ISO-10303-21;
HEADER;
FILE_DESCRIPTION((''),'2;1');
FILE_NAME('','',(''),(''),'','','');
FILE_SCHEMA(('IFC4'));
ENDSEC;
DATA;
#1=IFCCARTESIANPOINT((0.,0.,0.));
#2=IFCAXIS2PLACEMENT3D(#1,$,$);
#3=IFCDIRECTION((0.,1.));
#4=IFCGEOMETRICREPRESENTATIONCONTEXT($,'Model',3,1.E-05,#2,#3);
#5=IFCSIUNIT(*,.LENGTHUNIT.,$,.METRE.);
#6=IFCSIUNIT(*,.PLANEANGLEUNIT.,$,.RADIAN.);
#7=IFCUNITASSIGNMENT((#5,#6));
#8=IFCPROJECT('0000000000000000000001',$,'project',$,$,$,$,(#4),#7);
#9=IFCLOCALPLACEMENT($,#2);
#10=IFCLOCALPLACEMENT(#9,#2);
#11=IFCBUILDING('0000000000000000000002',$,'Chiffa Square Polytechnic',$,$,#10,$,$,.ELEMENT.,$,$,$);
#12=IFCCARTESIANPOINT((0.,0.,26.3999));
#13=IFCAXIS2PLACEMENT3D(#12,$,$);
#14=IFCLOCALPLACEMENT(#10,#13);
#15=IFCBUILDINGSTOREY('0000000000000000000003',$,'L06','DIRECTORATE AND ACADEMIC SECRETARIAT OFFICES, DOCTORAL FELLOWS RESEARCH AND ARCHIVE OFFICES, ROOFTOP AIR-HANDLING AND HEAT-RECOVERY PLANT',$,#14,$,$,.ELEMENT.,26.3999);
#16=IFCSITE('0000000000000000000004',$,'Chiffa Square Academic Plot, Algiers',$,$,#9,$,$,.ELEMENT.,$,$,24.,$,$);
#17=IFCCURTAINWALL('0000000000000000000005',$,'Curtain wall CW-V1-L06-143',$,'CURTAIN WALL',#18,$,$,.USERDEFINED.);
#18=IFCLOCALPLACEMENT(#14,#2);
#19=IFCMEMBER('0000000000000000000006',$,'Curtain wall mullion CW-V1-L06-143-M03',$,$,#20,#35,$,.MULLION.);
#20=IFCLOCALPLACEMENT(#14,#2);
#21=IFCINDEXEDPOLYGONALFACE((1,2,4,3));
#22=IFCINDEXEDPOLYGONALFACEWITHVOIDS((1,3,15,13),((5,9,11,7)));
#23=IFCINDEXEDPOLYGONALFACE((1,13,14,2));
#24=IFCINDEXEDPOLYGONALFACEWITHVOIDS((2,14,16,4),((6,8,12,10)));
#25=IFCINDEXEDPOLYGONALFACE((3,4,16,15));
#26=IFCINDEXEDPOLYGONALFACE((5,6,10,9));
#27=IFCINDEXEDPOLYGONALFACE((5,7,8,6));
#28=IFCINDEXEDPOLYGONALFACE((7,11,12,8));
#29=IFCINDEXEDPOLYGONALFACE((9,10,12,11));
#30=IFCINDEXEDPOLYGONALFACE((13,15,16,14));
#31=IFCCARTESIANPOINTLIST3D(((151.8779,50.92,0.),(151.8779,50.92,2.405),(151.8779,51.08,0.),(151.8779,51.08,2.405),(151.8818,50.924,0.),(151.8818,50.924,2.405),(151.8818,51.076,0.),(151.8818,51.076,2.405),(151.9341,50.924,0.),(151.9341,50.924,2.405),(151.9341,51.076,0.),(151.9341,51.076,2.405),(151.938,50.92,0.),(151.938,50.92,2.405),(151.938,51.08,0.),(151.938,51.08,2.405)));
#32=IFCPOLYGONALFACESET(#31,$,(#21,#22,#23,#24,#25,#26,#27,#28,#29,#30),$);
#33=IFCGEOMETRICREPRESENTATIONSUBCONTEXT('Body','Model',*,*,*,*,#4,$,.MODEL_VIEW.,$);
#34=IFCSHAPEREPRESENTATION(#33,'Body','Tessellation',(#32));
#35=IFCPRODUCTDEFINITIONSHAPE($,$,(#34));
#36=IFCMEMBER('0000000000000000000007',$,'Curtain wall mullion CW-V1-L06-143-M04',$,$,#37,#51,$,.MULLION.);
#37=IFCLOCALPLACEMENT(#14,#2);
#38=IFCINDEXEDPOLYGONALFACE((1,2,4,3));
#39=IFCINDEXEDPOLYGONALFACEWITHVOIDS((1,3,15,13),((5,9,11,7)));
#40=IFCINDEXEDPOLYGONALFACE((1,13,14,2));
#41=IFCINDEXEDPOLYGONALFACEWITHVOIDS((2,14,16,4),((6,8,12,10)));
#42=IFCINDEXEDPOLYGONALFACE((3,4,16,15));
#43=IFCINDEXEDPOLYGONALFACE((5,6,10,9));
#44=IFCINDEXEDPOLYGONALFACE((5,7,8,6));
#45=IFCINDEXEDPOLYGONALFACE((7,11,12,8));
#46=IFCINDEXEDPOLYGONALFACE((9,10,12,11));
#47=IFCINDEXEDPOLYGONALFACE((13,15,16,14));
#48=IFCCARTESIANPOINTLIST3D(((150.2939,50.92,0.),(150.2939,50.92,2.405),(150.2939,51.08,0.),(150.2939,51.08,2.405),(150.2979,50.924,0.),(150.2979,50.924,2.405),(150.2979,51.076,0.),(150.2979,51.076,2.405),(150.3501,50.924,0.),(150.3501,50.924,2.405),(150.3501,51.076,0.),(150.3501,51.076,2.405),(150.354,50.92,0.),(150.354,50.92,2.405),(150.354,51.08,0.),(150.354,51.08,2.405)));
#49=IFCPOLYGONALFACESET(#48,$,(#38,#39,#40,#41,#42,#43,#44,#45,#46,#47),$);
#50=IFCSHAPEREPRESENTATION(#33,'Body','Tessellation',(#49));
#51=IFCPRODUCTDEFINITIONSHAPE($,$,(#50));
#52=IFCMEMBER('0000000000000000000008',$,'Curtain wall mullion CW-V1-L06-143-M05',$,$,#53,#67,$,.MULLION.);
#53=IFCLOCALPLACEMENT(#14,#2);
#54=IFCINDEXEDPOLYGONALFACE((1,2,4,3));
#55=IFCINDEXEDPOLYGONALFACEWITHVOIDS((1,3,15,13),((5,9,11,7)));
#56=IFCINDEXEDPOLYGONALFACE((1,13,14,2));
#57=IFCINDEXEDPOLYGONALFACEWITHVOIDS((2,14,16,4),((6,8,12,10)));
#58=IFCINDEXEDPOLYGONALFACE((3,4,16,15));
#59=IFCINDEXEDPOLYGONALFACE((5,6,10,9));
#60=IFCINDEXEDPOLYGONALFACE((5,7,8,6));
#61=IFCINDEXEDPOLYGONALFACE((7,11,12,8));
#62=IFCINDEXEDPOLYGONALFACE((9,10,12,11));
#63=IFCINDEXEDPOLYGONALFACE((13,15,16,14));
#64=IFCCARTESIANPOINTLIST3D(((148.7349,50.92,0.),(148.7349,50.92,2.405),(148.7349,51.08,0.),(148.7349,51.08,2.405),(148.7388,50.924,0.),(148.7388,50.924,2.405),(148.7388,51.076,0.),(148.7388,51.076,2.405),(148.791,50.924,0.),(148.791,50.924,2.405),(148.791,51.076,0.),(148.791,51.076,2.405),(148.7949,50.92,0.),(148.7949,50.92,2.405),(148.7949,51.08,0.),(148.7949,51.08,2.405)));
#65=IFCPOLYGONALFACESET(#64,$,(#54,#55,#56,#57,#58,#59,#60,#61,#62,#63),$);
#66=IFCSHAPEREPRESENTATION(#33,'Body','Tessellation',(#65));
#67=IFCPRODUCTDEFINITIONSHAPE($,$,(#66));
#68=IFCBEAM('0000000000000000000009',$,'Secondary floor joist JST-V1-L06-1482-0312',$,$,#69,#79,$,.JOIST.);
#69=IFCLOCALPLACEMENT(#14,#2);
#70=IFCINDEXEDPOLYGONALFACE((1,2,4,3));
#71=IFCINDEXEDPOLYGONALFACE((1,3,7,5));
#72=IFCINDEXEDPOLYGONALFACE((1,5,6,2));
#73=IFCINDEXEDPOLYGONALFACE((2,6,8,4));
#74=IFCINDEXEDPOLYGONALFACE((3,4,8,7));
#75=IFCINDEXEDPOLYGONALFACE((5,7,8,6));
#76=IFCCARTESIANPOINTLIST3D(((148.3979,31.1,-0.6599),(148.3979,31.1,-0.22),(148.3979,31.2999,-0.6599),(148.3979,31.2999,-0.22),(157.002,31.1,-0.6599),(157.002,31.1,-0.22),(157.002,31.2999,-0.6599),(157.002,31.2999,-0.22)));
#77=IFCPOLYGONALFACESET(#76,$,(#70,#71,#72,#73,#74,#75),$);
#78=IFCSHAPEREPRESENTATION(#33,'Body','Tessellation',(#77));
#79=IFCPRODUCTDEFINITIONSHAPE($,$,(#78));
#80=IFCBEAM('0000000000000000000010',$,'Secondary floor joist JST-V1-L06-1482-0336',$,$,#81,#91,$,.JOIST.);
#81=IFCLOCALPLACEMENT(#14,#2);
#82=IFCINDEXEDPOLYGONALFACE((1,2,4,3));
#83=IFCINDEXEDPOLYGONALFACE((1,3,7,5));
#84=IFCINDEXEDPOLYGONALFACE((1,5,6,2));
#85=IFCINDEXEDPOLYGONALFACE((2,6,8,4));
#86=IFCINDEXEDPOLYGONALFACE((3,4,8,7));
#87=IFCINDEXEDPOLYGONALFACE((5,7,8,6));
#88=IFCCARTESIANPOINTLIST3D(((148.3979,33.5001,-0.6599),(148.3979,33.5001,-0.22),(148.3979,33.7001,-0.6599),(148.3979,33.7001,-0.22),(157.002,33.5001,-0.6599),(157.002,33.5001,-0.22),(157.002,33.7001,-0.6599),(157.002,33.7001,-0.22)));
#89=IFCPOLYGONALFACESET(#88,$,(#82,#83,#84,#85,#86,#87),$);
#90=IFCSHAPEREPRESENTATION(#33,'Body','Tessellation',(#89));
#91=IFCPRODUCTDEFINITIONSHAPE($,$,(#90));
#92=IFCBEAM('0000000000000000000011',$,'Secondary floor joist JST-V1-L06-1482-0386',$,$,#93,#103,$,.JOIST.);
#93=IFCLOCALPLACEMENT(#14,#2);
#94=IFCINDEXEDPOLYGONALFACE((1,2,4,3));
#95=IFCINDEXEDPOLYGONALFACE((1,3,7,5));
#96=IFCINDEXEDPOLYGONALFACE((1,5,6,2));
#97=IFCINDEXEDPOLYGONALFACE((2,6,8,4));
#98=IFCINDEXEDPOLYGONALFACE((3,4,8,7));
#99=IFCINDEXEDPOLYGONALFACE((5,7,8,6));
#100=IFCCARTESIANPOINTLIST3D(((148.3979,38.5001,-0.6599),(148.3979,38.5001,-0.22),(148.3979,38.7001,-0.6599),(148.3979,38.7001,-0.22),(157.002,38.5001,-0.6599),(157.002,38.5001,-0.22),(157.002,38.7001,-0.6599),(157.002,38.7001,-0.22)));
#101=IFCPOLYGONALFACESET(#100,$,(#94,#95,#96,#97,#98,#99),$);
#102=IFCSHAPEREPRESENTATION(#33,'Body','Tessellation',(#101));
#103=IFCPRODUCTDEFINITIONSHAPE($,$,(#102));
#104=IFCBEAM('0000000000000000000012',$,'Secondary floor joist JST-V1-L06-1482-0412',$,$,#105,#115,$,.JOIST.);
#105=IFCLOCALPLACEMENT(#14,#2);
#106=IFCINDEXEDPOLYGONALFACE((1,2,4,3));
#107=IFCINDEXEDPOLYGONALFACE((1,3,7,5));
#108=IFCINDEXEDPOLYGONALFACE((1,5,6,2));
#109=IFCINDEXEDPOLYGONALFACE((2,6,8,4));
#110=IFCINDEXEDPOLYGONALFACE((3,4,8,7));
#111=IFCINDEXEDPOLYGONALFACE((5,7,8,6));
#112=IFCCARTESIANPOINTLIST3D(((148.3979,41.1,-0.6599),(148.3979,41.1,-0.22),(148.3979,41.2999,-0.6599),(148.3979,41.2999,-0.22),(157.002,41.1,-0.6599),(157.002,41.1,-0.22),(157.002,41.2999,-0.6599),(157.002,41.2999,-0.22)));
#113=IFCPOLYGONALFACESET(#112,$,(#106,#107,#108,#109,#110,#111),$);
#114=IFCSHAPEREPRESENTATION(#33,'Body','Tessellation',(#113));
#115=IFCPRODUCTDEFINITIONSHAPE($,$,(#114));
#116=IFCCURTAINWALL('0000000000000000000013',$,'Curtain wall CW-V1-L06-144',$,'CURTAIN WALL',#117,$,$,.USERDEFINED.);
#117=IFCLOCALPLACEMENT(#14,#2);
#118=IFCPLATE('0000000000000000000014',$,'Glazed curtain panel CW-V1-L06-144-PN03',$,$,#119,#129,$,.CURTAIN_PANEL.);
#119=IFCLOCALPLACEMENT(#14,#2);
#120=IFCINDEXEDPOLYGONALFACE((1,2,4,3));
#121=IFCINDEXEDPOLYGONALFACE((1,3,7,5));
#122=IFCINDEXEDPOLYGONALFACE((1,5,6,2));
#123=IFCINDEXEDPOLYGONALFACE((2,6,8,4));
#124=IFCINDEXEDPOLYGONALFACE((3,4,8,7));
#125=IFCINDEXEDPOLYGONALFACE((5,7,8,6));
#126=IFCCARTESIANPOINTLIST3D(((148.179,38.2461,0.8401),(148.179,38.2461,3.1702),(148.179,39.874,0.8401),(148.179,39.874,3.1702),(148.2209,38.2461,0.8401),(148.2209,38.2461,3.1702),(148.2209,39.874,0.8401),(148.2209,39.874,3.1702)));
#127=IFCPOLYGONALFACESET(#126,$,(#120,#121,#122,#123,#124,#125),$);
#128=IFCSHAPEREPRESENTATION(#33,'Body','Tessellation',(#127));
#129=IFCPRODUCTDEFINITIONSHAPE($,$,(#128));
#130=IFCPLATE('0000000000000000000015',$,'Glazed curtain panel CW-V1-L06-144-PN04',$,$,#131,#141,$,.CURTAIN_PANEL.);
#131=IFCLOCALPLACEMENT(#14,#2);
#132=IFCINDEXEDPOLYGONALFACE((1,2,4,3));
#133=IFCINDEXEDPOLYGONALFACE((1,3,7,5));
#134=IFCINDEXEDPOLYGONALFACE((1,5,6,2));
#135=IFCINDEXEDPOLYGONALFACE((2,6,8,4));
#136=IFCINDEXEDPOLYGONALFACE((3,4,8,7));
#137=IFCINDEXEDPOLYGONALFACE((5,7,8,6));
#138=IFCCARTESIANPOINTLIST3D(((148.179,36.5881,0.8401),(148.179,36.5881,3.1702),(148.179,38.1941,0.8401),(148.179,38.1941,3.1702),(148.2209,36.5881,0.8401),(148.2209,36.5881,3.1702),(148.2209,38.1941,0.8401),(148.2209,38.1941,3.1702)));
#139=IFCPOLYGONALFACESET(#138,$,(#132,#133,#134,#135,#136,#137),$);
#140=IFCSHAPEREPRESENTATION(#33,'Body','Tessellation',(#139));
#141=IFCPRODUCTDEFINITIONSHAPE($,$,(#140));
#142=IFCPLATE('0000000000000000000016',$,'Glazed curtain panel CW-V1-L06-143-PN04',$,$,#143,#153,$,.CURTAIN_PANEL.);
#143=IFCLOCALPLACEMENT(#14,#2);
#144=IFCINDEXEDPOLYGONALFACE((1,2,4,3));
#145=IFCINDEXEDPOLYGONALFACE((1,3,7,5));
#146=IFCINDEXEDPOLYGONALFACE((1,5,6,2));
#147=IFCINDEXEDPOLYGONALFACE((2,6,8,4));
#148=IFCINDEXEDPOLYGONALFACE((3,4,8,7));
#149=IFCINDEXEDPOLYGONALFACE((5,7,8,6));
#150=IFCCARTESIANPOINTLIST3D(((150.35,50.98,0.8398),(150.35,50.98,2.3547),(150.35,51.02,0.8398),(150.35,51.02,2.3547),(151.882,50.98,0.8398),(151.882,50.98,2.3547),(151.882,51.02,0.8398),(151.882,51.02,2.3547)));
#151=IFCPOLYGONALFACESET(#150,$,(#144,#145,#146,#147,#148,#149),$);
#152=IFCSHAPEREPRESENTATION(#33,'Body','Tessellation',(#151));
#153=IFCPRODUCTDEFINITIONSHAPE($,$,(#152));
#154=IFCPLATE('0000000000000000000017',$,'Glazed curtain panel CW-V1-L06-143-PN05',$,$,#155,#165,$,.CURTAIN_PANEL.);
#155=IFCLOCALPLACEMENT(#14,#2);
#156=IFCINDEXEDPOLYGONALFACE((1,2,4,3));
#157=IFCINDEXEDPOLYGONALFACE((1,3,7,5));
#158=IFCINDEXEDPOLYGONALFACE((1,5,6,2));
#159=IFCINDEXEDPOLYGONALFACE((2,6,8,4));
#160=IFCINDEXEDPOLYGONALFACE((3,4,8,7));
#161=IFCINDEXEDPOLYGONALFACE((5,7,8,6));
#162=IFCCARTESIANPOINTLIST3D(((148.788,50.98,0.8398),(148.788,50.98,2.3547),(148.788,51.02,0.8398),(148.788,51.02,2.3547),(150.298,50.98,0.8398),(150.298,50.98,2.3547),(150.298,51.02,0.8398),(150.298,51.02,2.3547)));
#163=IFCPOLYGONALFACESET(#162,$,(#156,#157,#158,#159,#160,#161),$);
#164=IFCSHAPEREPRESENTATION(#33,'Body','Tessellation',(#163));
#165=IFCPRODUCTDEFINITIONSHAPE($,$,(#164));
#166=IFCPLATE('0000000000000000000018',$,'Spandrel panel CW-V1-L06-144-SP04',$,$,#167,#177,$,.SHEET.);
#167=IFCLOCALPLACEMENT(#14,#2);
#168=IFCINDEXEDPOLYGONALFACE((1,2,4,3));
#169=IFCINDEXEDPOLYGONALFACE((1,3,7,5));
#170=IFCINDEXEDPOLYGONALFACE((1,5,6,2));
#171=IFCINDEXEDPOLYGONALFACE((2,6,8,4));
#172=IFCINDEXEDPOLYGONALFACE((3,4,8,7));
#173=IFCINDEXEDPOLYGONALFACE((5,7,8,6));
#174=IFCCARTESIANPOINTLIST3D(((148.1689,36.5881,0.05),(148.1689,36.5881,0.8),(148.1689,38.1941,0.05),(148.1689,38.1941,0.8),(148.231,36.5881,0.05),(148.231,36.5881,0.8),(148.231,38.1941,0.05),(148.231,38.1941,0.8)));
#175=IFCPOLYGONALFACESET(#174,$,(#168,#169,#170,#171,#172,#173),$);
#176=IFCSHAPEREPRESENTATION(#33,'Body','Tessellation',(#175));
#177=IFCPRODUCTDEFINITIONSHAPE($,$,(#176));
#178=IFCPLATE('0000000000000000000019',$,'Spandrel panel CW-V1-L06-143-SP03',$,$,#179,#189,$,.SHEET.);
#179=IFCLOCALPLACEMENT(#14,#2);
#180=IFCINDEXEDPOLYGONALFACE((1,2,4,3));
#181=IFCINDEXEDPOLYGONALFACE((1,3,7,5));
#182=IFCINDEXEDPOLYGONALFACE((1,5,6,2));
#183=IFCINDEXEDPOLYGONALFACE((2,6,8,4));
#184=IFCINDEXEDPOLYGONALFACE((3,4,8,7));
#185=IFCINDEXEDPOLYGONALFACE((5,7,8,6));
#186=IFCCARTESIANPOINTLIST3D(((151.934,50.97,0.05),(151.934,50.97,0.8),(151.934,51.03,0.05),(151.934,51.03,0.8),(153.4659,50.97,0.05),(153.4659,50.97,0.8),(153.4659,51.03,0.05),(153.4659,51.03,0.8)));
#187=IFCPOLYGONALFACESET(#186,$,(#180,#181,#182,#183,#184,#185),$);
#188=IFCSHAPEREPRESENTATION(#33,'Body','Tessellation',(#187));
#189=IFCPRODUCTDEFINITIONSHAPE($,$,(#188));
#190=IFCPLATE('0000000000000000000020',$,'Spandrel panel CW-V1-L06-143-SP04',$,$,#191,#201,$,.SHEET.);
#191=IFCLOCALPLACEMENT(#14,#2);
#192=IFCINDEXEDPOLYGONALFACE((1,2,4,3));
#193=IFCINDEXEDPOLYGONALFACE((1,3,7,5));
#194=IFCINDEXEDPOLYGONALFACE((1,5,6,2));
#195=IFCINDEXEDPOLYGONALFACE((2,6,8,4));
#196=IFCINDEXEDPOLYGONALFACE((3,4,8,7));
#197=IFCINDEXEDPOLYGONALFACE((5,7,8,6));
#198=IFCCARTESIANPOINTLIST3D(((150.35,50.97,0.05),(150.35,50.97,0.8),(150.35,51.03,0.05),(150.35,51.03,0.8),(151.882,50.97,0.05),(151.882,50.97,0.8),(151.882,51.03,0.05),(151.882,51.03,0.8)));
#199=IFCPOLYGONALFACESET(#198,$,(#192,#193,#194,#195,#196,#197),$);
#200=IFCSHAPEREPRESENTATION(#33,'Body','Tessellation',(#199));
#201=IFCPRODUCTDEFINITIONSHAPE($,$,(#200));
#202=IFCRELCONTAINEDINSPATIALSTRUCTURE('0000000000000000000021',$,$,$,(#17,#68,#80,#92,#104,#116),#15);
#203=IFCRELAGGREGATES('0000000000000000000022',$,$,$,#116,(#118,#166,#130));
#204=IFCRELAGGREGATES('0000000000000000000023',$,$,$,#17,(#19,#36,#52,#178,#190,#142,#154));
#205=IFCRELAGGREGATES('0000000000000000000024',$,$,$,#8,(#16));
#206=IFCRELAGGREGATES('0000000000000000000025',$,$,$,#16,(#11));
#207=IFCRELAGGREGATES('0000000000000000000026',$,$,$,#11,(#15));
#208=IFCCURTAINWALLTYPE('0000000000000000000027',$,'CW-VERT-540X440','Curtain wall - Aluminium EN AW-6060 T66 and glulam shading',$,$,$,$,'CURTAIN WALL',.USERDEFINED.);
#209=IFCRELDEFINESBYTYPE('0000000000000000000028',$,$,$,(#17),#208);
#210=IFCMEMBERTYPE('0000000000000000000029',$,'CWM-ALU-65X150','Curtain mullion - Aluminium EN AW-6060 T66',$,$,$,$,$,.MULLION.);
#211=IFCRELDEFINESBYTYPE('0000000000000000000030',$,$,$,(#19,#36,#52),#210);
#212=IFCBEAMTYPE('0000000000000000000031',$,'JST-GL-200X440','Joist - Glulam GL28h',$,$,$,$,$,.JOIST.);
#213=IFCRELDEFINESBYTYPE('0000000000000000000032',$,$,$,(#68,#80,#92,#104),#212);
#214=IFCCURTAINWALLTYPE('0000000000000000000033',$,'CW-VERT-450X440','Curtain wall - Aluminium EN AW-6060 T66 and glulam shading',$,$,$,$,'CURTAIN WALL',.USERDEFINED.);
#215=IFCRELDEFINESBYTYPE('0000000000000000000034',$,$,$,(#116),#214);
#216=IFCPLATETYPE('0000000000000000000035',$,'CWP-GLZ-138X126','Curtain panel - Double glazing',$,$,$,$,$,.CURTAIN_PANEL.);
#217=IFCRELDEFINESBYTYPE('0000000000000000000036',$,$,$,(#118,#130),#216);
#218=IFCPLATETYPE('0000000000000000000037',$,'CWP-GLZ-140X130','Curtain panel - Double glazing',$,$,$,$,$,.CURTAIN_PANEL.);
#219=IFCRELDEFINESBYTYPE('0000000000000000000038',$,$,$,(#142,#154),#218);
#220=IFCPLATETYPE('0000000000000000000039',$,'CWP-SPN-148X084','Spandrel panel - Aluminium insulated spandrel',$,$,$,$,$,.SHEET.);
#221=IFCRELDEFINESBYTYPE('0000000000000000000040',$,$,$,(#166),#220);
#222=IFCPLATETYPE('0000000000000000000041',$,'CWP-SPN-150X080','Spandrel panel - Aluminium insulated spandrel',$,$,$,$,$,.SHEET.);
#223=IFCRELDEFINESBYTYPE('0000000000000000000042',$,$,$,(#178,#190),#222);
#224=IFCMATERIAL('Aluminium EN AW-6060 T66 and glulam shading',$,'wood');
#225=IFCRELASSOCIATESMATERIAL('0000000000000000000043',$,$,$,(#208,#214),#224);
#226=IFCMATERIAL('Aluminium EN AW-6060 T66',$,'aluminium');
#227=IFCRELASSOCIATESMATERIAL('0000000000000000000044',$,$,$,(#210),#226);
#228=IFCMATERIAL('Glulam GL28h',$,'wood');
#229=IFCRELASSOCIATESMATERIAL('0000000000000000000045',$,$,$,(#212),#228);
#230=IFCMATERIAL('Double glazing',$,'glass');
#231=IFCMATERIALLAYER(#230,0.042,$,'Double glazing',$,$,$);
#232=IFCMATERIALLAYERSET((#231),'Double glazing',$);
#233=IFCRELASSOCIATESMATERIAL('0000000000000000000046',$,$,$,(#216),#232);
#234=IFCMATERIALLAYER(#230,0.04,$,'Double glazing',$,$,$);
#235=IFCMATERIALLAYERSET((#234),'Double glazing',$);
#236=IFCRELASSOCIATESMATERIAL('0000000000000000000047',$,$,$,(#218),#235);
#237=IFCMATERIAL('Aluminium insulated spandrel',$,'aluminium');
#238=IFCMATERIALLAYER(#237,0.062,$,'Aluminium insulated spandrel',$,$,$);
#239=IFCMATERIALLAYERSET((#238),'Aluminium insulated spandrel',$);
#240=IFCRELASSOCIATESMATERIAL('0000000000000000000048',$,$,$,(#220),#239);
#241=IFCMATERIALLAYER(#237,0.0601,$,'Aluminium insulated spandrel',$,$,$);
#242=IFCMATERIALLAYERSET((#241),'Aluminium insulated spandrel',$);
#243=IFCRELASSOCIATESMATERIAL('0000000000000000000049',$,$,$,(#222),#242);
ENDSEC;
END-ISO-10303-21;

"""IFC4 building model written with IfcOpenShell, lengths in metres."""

from ifc_helpers import new_model, si_unit, direction, frame, origin, origin_2d, place, context, subcontext, project, spatial, rectangle, hollow_rectangle, extrude, material, layer, layer_set, material_profile, profile_set, type_object, element, aggregate, save


model = new_model("IFC4")

# Units and contexts
model_context = context("Model", 3, precision=1e-05, world=origin(), true_north=direction((0.0, 1.0)))
body_context = subcontext(model_context, "Body", "Model", "MODEL_VIEW")
ifc_project = project(units=[si_unit("LENGTHUNIT", "METRE"), si_unit("PLANEANGLEUNIT", "RADIAN")], contexts=[model_context])

# Site, building, storey
site_placement = place(None, origin())
site = spatial("IfcSite", under=ifc_project, at=site_placement, Name="Chiffa Square Academic Plot, Algiers", CompositionType="ELEMENT", RefElevation=24.0)
building_placement = place(site_placement, origin())
building = spatial("IfcBuilding", under=site, at=building_placement, Name="Chiffa Square Polytechnic", CompositionType="ELEMENT")
storey_placement = place(building_placement, frame((0.0, 0.0, 26.3999)))
storey = spatial("IfcBuildingStorey", under=building, at=storey_placement, Name="L06", Description="DIRECTORATE AND ACADEMIC SECRETARIAT OFFICES, DOCTORAL FELLOWS RESEARCH AND ARCHIVE OFFICES, ROOFTOP AIR-HANDLING AND HEAT-RECOVERY PLANT", CompositionType="ELEMENT", Elevation=26.3999)

# Curtain wall, members
ifc_material_1 = material(Name="Aluminium EN AW-6060 T66 and glulam shading", Category="wood")
curtain_wall_type_1 = type_object("IfcCurtainWallType", Name="CW-VERT-540X440", Description="Curtain wall - Aluminium EN AW-6060 T66 and glulam shading", ElementType="CURTAIN WALL", PredefinedType="USERDEFINED", material=ifc_material_1)
curtain_wall_1_placement = place(storey_placement, origin())
curtain_wall_1 = element("IfcCurtainWall", 1, at=curtain_wall_1_placement, inside=storey, type_object=curtain_wall_type_1, Name="Curtain wall CW-V1-L06-143", ObjectType="CURTAIN WALL", PredefinedType="USERDEFINED")
ifc_material_2 = material(Name="Aluminium EN AW-6060 T66", Category="aluminium")
ifc_material_profile_1 = material_profile(ifc_material_2, hollow_rectangle(XDim=0.0601, YDim=0.1599, WallThickness=0.0039, at=origin_2d()), Name="ALU 60x160x4")
ifc_profile_set_1 = profile_set([ifc_material_profile_1], Name="Aluminium EN AW-6060 T66")
member_type = type_object("IfcMemberType", Name="CWM-ALU-65X150", Description="Curtain mullion - Aluminium EN AW-6060 T66", PredefinedType="MULLION", material=ifc_profile_set_1)
member_1_placement = place(storey_placement, frame((151.908, 51.0, 0.0), z_axis=(0.0, 0.0, 1.0), x_axis=(1.0, 0.0, 0.0)))
member_1 = element("IfcMember", 2, at=member_1_placement, type_object=member_type, Name="Curtain wall mullion CW-V1-L06-143-M03", PredefinedType="MULLION", context=body_context, shape_type="SweptSolid", body=[
    extrude(hollow_rectangle(XDim=0.0601, YDim=0.1599, WallThickness=0.0039, at=origin_2d()), origin(), (0.0, 0.0, 1.0), 2.405),
])
member_2_placement = place(storey_placement, frame((150.324, 51.0, 0.0), z_axis=(0.0, 0.0, 1.0), x_axis=(1.0, 0.0, 0.0)))
member_2 = element("IfcMember", 3, at=member_2_placement, type_object=member_type, Name="Curtain wall mullion CW-V1-L06-143-M04", PredefinedType="MULLION", context=body_context, shape_type="SweptSolid", body=[
    extrude(hollow_rectangle(XDim=0.0601, YDim=0.1599, WallThickness=0.0039, at=origin_2d()), origin(), (0.0, 0.0, 1.0), 2.405),
])
member_3_placement = place(storey_placement, frame((148.7649, 51.0, 0.0), z_axis=(0.0, 0.0, 1.0), x_axis=(1.0, 0.0, 0.0)))
member_3 = element("IfcMember", 4, at=member_3_placement, type_object=member_type, Name="Curtain wall mullion CW-V1-L06-143-M05", PredefinedType="MULLION", context=body_context, shape_type="SweptSolid", body=[
    extrude(hollow_rectangle(XDim=0.0601, YDim=0.1599, WallThickness=0.0039, at=origin_2d()), origin(), (0.0, 0.0, 1.0), 2.405),
])

# Beams
ifc_material_3 = material(Name="Glulam GL28h", Category="wood")
ifc_material_profile_2 = material_profile(ifc_material_3, rectangle(XDim=0.2, YDim=0.4399, at=origin_2d()), Name="GL28h 200x440")
ifc_profile_set_2 = profile_set([ifc_material_profile_2], Name="Glulam GL28h")
beam_type = type_object("IfcBeamType", Name="JST-GL-200X440", Description="Joist - Glulam GL28h", PredefinedType="JOIST", material=ifc_profile_set_2)
for number, where, z_axis, x_axis, name in (
    (5, (148.3979, 31.2, -0.4399), (1.0, 0.0, 0.0), (0.0, 1.0, 0.0), "Secondary floor joist JST-V1-L06-1482-0312"),
    (6, (148.3979, 33.6001, -0.4399), (1.0, 0.0, 0.0), (0.0, 1.0, 0.0), "Secondary floor joist JST-V1-L06-1482-0336"),
    (7, (148.3979, 38.6001, -0.4399), (1.0, 0.0, 0.0), (0.0, 1.0, 0.0), "Secondary floor joist JST-V1-L06-1482-0386"),
    (8, (148.3979, 41.2, -0.4399), (1.0, 0.0, 0.0), (0.0, 1.0, 0.0), "Secondary floor joist JST-V1-L06-1482-0412"),
):
    element("IfcBeam", number, at=place(storey_placement, frame(where, z_axis=z_axis, x_axis=x_axis)), inside=storey, type_object=beam_type, Name=name, PredefinedType="JOIST", context=body_context, shape_type="SweptSolid", body=[
        extrude(rectangle(XDim=0.2, YDim=0.4399, at=origin_2d()), origin(), (0.0, 0.0, 1.0), 8.604),
    ])

# Curtain wall, plates
curtain_wall_type_2 = type_object("IfcCurtainWallType", Name="CW-VERT-450X440", Description="Curtain wall - Aluminium EN AW-6060 T66 and glulam shading", ElementType="CURTAIN WALL", PredefinedType="USERDEFINED", material=ifc_material_1)
curtain_wall_2_placement = place(storey_placement, origin())
curtain_wall_2 = element("IfcCurtainWall", 9, at=curtain_wall_2_placement, inside=storey, type_object=curtain_wall_type_2, Name="Curtain wall CW-V1-L06-144", ObjectType="CURTAIN WALL", PredefinedType="USERDEFINED")
ifc_material_4 = material(Name="Double glazing", Category="glass")
ifc_layer_1 = layer(ifc_material_4, 0.042, Name="Double glazing")
ifc_layer_set_1 = layer_set([ifc_layer_1], Name="Double glazing")
plate_type_1 = type_object("IfcPlateType", Name="CWP-GLZ-138X126", Description="Curtain panel - Double glazing", PredefinedType="CURTAIN_PANEL", material=ifc_layer_set_1)
plate_1_placement = place(storey_placement, frame((148.2, 39.0601, 0.8401), z_axis=(0.0, 0.0, 1.0), x_axis=(0.0, -1.0, 0.0)))
plate_1 = element("IfcPlate", 10, at=plate_1_placement, type_object=plate_type_1, Name="Glazed curtain panel CW-V1-L06-144-PN03", PredefinedType="CURTAIN_PANEL", context=body_context, shape_type="SweptSolid", body=[
    extrude(rectangle(XDim=1.6279, YDim=0.042, at=origin_2d()), origin(), (0.0, 0.0, 1.0), 2.3301),
])
plate_2_placement = place(storey_placement, frame((148.2, 37.3911, 0.8401), z_axis=(0.0, 0.0, 1.0), x_axis=(0.0, -1.0, 0.0)))
plate_2 = element("IfcPlate", 11, at=plate_2_placement, type_object=plate_type_1, Name="Glazed curtain panel CW-V1-L06-144-PN04", PredefinedType="CURTAIN_PANEL", context=body_context, shape_type="SweptSolid", body=[
    extrude(rectangle(XDim=1.606, YDim=0.042, at=origin_2d()), origin(), (0.0, 0.0, 1.0), 2.3301),
])

# Plates
ifc_layer_2 = layer(ifc_material_4, 0.04, Name="Double glazing")
ifc_layer_set_2 = layer_set([ifc_layer_2], Name="Double glazing")
plate_type_2 = type_object("IfcPlateType", Name="CWP-GLZ-140X130", Description="Curtain panel - Double glazing", PredefinedType="CURTAIN_PANEL", material=ifc_layer_set_2)
plate_3_placement = place(storey_placement, frame((151.116, 51.0, 0.8398), z_axis=(0.0, 0.0, 1.0), x_axis=(-1.0, 0.0, 0.0)))
plate_3 = element("IfcPlate", 12, at=plate_3_placement, type_object=plate_type_2, Name="Glazed curtain panel CW-V1-L06-143-PN04", PredefinedType="CURTAIN_PANEL", context=body_context, shape_type="SweptSolid", body=[
    extrude(rectangle(XDim=1.532, YDim=0.04, at=origin_2d()), origin(), (0.0, 0.0, 1.0), 1.5149),
])
plate_4_placement = place(storey_placement, frame((149.543, 51.0, 0.8398), z_axis=(0.0, 0.0, 1.0), x_axis=(-1.0, 0.0, 0.0)))
plate_4 = element("IfcPlate", 13, at=plate_4_placement, type_object=plate_type_2, Name="Glazed curtain panel CW-V1-L06-143-PN05", PredefinedType="CURTAIN_PANEL", context=body_context, shape_type="SweptSolid", body=[
    extrude(rectangle(XDim=1.51, YDim=0.04, at=origin_2d()), origin(), (0.0, 0.0, 1.0), 1.5149),
])
ifc_material_5 = material(Name="Aluminium insulated spandrel", Category="aluminium")
ifc_layer_3 = layer(ifc_material_5, 0.062, Name="Aluminium insulated spandrel")
ifc_layer_set_3 = layer_set([ifc_layer_3], Name="Aluminium insulated spandrel")
plate_type_3 = type_object("IfcPlateType", Name="CWP-SPN-148X084", Description="Spandrel panel - Aluminium insulated spandrel", PredefinedType="SHEET", material=ifc_layer_set_3)
plate_5_placement = place(storey_placement, frame((148.2, 37.3911, 0.05), z_axis=(0.0, 0.0, 1.0), x_axis=(0.0, -1.0, 0.0)))
plate_5 = element("IfcPlate", 14, at=plate_5_placement, type_object=plate_type_3, Name="Spandrel panel CW-V1-L06-144-SP04", PredefinedType="SHEET", context=body_context, shape_type="SweptSolid", body=[
    extrude(rectangle(XDim=1.606, YDim=0.062, at=origin_2d()), origin(), (0.0, 0.0, 1.0), 0.75),
])
aggregate(curtain_wall_2, [plate_1, plate_5, plate_2])
ifc_layer_4 = layer(ifc_material_5, 0.0601, Name="Aluminium insulated spandrel")
ifc_layer_set_4 = layer_set([ifc_layer_4], Name="Aluminium insulated spandrel")
plate_type_4 = type_object("IfcPlateType", Name="CWP-SPN-150X080", Description="Spandrel panel - Aluminium insulated spandrel", PredefinedType="SHEET", material=ifc_layer_set_4)
plate_6_placement = place(storey_placement, frame((152.7, 51.0, 0.05), z_axis=(0.0, 0.0, 1.0), x_axis=(-1.0, 0.0, 0.0)))
plate_6 = element("IfcPlate", 15, at=plate_6_placement, type_object=plate_type_4, Name="Spandrel panel CW-V1-L06-143-SP03", PredefinedType="SHEET", context=body_context, shape_type="SweptSolid", body=[
    extrude(rectangle(XDim=1.532, YDim=0.0601, at=origin_2d()), origin(), (0.0, 0.0, 1.0), 0.75),
])
plate_7_placement = place(storey_placement, frame((151.116, 51.0, 0.05), z_axis=(0.0, 0.0, 1.0), x_axis=(-1.0, 0.0, 0.0)))
plate_7 = element("IfcPlate", 16, at=plate_7_placement, type_object=plate_type_4, Name="Spandrel panel CW-V1-L06-143-SP04", PredefinedType="SHEET", context=body_context, shape_type="SweptSolid", body=[
    extrude(rectangle(XDim=1.532, YDim=0.0601, at=origin_2d()), origin(), (0.0, 0.0, 1.0), 0.75),
])
aggregate(curtain_wall_1, [member_1, member_2, member_3, plate_6, plate_7, plate_3, plate_4])

save(model, "model.ifc")
